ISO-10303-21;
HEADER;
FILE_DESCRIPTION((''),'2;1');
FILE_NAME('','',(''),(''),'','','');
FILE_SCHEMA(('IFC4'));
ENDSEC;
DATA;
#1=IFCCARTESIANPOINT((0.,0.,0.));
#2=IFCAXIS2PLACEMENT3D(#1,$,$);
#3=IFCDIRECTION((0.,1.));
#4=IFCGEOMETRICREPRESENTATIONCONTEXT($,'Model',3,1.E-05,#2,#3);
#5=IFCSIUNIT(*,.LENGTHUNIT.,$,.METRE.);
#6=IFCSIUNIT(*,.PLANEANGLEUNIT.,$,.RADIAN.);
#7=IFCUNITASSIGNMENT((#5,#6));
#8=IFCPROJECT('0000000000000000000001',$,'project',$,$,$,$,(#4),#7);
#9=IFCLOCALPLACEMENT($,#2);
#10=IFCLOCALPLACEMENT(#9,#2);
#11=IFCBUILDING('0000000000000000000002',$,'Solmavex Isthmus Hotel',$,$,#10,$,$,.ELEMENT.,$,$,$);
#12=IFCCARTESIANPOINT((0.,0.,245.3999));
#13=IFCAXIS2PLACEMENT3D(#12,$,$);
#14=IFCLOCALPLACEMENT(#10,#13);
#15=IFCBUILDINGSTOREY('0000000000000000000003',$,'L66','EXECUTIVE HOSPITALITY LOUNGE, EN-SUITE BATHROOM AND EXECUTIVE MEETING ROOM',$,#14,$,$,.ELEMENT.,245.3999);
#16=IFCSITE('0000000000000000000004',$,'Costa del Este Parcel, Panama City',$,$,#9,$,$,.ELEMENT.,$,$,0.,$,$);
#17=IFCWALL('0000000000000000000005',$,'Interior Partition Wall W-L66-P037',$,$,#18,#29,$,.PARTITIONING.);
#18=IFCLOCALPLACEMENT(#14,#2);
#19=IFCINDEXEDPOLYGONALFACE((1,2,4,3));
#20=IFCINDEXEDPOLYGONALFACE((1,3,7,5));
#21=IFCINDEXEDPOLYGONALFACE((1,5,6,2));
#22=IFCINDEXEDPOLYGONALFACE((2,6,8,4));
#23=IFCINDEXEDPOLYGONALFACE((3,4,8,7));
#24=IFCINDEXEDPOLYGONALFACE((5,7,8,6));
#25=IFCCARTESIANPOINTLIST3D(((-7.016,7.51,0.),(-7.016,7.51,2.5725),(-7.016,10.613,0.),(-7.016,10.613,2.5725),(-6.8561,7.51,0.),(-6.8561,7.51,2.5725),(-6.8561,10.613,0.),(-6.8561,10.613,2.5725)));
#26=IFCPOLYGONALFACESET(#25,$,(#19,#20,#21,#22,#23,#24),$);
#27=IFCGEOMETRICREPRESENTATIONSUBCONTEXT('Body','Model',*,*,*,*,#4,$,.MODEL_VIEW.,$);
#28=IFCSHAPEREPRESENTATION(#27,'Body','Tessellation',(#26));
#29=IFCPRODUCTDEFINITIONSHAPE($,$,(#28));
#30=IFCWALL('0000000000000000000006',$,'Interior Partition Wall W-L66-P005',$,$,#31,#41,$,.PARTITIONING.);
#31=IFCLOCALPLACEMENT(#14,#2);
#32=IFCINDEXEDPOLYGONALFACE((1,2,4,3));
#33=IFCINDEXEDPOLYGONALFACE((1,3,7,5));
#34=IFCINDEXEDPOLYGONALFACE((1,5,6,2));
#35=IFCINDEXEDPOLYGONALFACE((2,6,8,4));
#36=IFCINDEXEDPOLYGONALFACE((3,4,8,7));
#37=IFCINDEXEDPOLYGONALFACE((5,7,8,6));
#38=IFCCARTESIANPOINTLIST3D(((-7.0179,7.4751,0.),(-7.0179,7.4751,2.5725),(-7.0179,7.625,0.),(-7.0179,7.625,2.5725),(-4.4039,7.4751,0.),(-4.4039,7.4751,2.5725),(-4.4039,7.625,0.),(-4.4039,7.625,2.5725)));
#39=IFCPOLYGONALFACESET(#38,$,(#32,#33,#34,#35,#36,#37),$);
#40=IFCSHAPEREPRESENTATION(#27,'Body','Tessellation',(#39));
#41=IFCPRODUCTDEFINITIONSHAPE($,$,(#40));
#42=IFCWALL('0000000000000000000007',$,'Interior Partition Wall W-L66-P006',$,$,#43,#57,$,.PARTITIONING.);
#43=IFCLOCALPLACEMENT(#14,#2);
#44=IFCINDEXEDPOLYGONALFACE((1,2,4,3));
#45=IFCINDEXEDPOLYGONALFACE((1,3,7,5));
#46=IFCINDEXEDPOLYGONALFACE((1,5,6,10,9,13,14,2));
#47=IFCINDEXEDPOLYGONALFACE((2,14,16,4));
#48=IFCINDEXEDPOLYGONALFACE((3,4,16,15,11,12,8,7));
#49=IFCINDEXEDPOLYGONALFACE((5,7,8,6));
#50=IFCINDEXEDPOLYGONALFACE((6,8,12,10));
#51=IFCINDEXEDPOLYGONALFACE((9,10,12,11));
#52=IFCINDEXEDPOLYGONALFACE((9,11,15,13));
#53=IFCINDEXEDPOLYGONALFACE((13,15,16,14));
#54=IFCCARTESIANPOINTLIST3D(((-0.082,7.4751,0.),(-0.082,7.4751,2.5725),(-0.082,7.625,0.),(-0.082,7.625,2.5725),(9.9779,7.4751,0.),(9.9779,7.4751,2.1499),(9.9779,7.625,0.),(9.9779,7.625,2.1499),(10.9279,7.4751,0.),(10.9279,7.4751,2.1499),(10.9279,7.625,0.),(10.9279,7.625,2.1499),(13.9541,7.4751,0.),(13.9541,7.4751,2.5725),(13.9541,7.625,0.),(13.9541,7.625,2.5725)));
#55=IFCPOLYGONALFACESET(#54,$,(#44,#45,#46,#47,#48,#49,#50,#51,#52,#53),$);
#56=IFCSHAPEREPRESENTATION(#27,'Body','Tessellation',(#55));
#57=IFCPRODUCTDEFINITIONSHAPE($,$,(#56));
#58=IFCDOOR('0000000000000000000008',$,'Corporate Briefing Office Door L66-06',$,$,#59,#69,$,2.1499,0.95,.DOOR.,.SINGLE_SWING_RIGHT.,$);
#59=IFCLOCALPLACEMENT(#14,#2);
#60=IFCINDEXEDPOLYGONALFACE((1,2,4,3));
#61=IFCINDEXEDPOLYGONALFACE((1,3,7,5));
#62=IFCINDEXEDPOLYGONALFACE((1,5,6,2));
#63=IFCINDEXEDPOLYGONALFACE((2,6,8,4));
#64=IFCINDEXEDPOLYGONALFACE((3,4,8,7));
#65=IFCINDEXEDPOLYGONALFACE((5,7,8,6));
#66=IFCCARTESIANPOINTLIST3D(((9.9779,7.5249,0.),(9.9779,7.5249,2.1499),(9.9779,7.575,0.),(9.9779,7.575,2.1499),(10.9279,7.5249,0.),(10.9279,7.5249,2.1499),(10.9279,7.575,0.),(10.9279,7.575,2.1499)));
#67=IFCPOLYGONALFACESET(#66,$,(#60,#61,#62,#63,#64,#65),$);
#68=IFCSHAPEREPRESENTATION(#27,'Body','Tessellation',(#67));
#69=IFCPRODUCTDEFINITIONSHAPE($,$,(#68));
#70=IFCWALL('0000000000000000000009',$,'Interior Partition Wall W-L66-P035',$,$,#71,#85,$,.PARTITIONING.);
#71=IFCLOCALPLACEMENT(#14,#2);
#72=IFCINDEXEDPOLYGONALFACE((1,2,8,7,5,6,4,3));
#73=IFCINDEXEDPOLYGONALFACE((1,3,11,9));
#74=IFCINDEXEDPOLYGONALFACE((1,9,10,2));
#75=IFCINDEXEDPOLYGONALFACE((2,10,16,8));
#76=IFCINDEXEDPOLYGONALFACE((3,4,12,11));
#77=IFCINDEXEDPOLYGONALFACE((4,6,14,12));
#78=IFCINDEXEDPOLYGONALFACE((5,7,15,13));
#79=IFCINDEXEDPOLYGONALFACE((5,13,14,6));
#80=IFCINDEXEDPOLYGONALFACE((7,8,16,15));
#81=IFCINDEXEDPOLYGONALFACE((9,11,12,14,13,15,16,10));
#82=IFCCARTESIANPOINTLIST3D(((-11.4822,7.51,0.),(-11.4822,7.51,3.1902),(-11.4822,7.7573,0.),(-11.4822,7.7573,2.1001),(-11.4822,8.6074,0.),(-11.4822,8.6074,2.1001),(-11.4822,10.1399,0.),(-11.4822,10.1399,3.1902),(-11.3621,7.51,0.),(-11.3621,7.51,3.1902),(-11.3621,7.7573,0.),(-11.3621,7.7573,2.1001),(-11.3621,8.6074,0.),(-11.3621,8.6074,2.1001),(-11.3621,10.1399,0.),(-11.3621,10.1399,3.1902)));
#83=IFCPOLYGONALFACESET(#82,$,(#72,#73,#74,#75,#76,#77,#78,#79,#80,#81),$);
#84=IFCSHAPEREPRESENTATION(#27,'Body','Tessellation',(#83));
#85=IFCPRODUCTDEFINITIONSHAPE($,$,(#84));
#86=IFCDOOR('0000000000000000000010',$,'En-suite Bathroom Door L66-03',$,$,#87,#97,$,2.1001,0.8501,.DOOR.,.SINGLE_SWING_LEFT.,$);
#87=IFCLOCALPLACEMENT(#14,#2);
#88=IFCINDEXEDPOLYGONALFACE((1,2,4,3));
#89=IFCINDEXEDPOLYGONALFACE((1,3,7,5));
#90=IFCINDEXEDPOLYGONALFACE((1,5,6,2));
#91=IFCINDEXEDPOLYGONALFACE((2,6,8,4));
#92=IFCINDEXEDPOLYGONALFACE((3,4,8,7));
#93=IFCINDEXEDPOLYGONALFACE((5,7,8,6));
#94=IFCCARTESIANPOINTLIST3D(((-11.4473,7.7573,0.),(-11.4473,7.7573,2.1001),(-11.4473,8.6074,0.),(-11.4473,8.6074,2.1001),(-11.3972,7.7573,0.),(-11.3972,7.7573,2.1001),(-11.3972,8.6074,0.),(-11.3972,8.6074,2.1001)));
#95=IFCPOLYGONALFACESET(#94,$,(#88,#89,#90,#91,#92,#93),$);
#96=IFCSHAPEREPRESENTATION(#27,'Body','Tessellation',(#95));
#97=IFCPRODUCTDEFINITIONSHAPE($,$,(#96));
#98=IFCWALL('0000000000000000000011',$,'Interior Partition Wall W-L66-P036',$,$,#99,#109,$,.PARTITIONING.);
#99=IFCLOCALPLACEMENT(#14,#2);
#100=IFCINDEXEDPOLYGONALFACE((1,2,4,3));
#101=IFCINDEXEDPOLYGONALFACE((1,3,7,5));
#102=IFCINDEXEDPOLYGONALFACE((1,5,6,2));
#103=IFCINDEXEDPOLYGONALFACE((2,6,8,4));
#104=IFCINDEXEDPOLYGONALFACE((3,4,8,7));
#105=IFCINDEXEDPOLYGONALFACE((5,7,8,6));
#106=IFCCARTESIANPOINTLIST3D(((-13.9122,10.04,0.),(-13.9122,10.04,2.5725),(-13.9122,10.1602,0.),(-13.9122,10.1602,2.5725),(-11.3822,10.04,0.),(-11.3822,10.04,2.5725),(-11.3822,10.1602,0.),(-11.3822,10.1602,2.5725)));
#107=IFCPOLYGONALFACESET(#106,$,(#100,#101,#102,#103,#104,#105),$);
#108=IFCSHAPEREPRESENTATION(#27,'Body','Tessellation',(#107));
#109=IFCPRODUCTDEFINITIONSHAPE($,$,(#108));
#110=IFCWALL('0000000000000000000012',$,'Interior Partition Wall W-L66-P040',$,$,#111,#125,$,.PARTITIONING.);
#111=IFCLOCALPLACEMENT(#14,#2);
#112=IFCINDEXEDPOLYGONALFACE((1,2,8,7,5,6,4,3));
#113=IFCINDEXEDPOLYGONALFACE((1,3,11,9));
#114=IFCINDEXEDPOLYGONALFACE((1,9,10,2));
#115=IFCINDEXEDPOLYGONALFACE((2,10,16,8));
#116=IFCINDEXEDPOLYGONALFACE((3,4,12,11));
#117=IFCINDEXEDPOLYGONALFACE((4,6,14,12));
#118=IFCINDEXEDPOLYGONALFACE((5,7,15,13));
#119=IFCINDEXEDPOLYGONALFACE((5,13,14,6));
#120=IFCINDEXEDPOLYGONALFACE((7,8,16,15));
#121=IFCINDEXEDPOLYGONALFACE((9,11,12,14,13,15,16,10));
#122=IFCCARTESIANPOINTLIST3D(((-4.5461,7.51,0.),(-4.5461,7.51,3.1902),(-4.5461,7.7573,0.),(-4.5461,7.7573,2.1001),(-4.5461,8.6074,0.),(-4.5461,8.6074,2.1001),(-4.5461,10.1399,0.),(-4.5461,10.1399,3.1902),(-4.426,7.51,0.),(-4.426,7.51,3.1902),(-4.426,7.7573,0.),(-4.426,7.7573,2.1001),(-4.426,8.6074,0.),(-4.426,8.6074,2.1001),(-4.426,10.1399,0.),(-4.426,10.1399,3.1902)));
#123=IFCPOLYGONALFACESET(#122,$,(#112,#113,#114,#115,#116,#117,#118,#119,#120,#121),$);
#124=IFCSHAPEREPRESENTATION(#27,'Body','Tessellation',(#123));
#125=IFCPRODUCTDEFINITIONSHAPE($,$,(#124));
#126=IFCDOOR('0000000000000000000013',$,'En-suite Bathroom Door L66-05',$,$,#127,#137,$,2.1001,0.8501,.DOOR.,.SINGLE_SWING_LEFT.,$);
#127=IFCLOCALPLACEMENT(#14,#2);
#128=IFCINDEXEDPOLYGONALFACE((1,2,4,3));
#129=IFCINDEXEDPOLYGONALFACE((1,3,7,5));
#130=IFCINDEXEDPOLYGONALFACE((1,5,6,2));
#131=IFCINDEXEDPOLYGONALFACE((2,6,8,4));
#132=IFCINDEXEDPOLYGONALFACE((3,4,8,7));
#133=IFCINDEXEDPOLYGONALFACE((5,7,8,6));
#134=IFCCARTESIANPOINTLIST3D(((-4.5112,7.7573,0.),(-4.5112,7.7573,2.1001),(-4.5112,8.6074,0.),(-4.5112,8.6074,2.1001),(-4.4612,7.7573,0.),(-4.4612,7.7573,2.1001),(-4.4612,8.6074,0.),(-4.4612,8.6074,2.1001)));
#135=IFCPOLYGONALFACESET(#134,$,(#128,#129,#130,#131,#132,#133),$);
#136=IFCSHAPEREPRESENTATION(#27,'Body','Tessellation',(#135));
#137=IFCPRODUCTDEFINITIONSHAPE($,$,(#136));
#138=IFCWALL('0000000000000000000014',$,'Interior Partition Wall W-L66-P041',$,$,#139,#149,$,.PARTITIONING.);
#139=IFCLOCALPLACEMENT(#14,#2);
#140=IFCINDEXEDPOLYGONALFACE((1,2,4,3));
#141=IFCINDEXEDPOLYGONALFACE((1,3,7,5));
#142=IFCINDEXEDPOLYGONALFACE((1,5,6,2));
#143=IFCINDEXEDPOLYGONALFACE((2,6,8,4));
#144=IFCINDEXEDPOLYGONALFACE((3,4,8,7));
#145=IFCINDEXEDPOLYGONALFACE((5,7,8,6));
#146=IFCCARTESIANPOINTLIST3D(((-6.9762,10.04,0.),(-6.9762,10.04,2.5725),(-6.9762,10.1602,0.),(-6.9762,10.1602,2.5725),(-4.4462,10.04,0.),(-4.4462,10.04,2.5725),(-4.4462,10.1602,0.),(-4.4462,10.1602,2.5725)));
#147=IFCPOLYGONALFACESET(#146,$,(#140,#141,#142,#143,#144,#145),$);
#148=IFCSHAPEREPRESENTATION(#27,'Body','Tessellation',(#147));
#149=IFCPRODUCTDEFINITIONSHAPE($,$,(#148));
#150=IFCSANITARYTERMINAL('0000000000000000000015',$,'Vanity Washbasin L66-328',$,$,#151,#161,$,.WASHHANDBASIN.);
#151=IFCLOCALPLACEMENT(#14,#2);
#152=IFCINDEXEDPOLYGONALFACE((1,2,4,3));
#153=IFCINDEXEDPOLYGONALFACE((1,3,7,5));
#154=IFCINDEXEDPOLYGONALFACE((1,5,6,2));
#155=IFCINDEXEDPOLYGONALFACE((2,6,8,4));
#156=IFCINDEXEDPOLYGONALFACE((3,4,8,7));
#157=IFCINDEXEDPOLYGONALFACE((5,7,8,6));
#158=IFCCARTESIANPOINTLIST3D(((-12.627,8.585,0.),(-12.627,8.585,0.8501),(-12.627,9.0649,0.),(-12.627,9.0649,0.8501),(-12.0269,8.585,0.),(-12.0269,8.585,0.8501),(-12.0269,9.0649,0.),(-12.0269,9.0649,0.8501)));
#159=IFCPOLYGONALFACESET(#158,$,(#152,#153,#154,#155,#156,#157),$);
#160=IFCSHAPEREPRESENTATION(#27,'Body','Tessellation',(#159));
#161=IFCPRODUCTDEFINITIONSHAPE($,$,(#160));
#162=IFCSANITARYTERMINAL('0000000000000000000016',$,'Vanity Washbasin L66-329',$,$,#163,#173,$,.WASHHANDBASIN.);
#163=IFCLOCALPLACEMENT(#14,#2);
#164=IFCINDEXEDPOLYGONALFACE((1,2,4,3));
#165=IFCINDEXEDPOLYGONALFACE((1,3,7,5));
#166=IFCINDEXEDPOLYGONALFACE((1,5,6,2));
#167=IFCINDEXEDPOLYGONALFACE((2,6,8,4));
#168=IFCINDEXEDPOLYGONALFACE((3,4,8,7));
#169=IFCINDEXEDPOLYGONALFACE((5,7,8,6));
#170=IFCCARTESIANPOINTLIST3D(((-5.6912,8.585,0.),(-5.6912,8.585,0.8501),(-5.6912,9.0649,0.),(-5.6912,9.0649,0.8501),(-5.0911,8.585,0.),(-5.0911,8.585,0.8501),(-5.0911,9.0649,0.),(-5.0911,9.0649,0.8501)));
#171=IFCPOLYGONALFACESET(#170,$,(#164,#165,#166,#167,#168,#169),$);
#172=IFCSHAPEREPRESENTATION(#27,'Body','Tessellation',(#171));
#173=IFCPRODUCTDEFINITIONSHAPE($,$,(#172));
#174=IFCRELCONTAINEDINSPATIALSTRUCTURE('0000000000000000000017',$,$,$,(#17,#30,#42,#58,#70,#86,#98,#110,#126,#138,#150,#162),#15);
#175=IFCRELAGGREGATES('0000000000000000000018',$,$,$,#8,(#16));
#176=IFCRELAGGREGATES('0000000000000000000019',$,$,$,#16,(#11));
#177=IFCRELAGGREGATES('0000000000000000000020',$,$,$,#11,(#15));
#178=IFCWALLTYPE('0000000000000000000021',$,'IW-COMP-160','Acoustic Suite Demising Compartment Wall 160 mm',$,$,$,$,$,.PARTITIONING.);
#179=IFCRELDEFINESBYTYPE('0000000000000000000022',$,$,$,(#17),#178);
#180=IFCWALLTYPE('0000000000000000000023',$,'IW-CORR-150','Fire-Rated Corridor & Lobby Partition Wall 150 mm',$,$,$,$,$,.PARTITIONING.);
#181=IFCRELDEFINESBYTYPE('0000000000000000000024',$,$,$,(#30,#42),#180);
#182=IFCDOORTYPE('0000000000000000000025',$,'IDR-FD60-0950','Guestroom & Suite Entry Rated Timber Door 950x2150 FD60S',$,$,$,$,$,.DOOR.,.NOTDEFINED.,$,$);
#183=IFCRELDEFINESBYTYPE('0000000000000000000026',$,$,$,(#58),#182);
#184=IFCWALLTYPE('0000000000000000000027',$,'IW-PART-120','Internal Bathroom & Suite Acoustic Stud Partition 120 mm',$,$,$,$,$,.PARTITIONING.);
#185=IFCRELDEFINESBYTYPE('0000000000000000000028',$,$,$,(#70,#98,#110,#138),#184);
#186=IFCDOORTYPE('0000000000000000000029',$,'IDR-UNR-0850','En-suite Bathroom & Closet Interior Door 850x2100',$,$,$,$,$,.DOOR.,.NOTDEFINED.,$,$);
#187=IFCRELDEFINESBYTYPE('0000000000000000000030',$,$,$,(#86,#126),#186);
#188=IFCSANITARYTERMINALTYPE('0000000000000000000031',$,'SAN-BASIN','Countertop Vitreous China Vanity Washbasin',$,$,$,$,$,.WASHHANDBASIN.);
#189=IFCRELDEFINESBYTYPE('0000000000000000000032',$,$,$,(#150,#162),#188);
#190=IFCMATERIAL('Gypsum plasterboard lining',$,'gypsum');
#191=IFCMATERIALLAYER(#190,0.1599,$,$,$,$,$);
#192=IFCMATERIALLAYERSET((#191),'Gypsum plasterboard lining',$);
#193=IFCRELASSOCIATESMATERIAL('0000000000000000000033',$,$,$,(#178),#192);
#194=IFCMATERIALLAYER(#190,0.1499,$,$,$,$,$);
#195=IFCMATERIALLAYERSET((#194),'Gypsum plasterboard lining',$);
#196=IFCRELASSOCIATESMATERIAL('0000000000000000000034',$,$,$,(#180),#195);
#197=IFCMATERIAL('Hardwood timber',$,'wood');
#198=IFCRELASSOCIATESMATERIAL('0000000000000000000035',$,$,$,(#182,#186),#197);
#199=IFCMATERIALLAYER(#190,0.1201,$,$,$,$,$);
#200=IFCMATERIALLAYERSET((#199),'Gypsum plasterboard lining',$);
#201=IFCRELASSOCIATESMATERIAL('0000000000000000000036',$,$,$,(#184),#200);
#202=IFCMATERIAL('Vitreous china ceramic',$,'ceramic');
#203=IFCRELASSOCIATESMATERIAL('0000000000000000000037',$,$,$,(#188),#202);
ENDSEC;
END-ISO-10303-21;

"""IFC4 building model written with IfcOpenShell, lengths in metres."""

from ifc_helpers import new_model, si_unit, direction, frame, frame_2d, origin, origin_2d, place, context, subcontext, project, spatial, rectangle, extrude, material, layer, layer_set, type_object, element, fill, save


model = new_model("IFC4")

# Units and contexts
model_context = context("Model", 3, precision=1e-05, world=origin(), true_north=direction((0.0, 1.0)))
body_context = subcontext(model_context, "Body", "Model", "MODEL_VIEW")
ifc_project = project(units=[si_unit("LENGTHUNIT", "METRE"), si_unit("PLANEANGLEUNIT", "RADIAN")], contexts=[model_context])

# Site, building, storey
site_placement = place(None, origin())
site = spatial("IfcSite", under=ifc_project, at=site_placement, Name="Costa del Este Parcel, Panama City", CompositionType="ELEMENT", RefElevation=0.0)
building_placement = place(site_placement, origin())
building = spatial("IfcBuilding", under=site, at=building_placement, Name="Solmavex Isthmus Hotel", CompositionType="ELEMENT")
storey_placement = place(building_placement, frame((0.0, 0.0, 245.3999)))
storey = spatial("IfcBuildingStorey", under=building, at=storey_placement, Name="L66", Description="EXECUTIVE HOSPITALITY LOUNGE, EN-SUITE BATHROOM AND EXECUTIVE MEETING ROOM", CompositionType="ELEMENT", Elevation=245.3999)

# Wall
ifc_material_1 = material(Name="Gypsum plasterboard lining", Category="gypsum")
ifc_layer_1 = layer(ifc_material_1, 0.1599)
ifc_layer_set_1 = layer_set([ifc_layer_1], Name="Gypsum plasterboard lining")
wall_type_1 = type_object("IfcWallType", Name="IW-COMP-160", Description="Acoustic Suite Demising Compartment Wall 160 mm", PredefinedType="PARTITIONING", material=ifc_layer_set_1)
wall_1_placement = place(storey_placement, frame((-6.936, 10.613, 0.0), z_axis=(0.0, 0.0, 1.0), x_axis=(0.0, -1.0, 0.0)))
element("IfcWall", 1, at=wall_1_placement, inside=storey, type_object=wall_type_1, Name="Interior Partition Wall W-L66-P037", PredefinedType="PARTITIONING", context=body_context, shape_type="SweptSolid", body=[
    extrude(rectangle(XDim=3.103, YDim=0.1599, at=frame_2d((1.5515, 0.0))), origin(), (0.0, 0.0, 1.0), 2.5725),
])

# Shared definitions
ifc_layer_2 = layer(ifc_material_1, 0.1499)
ifc_layer_set_2 = layer_set([ifc_layer_2], Name="Gypsum plasterboard lining")
wall_type_2 = type_object("IfcWallType", Name="IW-CORR-150", Description="Fire-Rated Corridor & Lobby Partition Wall 150 mm", PredefinedType="PARTITIONING", material=ifc_layer_set_2)
ifc_material_2 = material(Name="Hardwood timber", Category="wood")
door_type_1 = type_object("IfcDoorType", Name="IDR-FD60-0950", Description="Guestroom & Suite Entry Rated Timber Door 950x2150 FD60S", OperationType="NOTDEFINED", PredefinedType="DOOR", material=ifc_material_2)

# Wall
wall_2_placement = place(storey_placement, frame((-7.0181, 7.55, 0.0), z_axis=(0.0, 0.0, 1.0), x_axis=(1.0, 0.0, 0.0)))
element("IfcWall", 2, at=wall_2_placement, inside=storey, type_object=wall_type_2, Name="Interior Partition Wall W-L66-P005", PredefinedType="PARTITIONING", context=body_context, shape_type="SweptSolid", body=[
    extrude(rectangle(XDim=2.614, YDim=0.1499, at=frame_2d((1.3071, 0.0))), origin(), (0.0, 0.0, 1.0), 2.5725),
])

# Walls, openings, doors
wall_3_placement = place(storey_placement, frame((-0.082, 7.55, 0.0), z_axis=(0.0, 0.0, 1.0), x_axis=(1.0, 0.0, 0.0)))
wall_3 = element("IfcWall", 3, at=wall_3_placement, inside=storey, type_object=wall_type_2, Name="Interior Partition Wall W-L66-P006", PredefinedType="PARTITIONING", context=body_context, shape_type="SweptSolid", body=[
    extrude(rectangle(XDim=14.0361, YDim=0.1499, at=frame_2d((7.0181, 0.0))), origin(), (0.0, 0.0, 1.0), 2.5725),
])
opening_1_placement = place(wall_3_placement, frame((10.0598, 0.0, 0.0)))
opening_1 = element("IfcOpeningElement", 4, at=opening_1_placement, cuts=wall_3, PredefinedType="OPENING", context=body_context, shape_type="SweptSolid", body=[
    extrude(rectangle(XDim=0.95, YDim=2.1499, at=frame_2d((0.4751, 1.075))), frame((0.0, 0.085, 0.0), z_axis=(0.0, -1.0, 0.0), x_axis=(1.0, 0.0, 0.0)), (0.0, 0.0, 1.0), 0.1699),
])
door_1_placement = place(opening_1_placement, origin())
door_1 = element("IfcDoor", 5, at=door_1_placement, inside=storey, type_object=door_type_1, Name="Corporate Briefing Office Door L66-06", OperationType="SINGLE_SWING_RIGHT", OverallHeight=2.1499, OverallWidth=0.95, PredefinedType="DOOR", context=body_context, shape_type="SweptSolid", body=[
    extrude(rectangle(XDim=0.95, YDim=2.1499, at=frame_2d((0.4751, 1.075))), frame((0.0, 0.0249, 0.0), z_axis=(0.0, -1.0, 0.0), x_axis=(1.0, 0.0, 0.0)), (0.0, 0.0, 1.0), 0.05),
])
fill(opening_1, door_1)
ifc_layer_3 = layer(ifc_material_1, 0.1201)
ifc_layer_set_3 = layer_set([ifc_layer_3], Name="Gypsum plasterboard lining")
wall_type_3 = type_object("IfcWallType", Name="IW-PART-120", Description="Internal Bathroom & Suite Acoustic Stud Partition 120 mm", PredefinedType="PARTITIONING", material=ifc_layer_set_3)
wall_4_placement = place(storey_placement, frame((-11.4221, 7.51, 0.0), z_axis=(0.0, 0.0, 1.0), x_axis=(0.0, 1.0, 0.0)))
wall_4 = element("IfcWall", 6, at=wall_4_placement, inside=storey, type_object=wall_type_3, Name="Interior Partition Wall W-L66-P035", PredefinedType="PARTITIONING", context=body_context, shape_type="SweptSolid", body=[
    extrude(rectangle(XDim=2.6299, YDim=0.1201, at=frame_2d((1.3149, 0.0))), origin(), (0.0, 0.0, 1.0), 3.1902),
])
opening_2_placement = place(wall_4_placement, frame((0.2473, 0.0, 0.0)))
opening_2 = element("IfcOpeningElement", 7, at=opening_2_placement, cuts=wall_4, PredefinedType="OPENING", context=body_context, shape_type="SweptSolid", body=[
    extrude(rectangle(XDim=0.8501, YDim=2.1001, at=frame_2d((0.425, 1.05))), frame((0.0, 0.0701, 0.0), z_axis=(0.0, -1.0, 0.0), x_axis=(1.0, 0.0, 0.0)), (0.0, 0.0, 1.0), 0.1401),
])
door_type_2 = type_object("IfcDoorType", Name="IDR-UNR-0850", Description="En-suite Bathroom & Closet Interior Door 850x2100", OperationType="NOTDEFINED", PredefinedType="DOOR", material=ifc_material_2)
door_2_placement = place(opening_2_placement, frame((0.8501, 0.0, 0.0), z_axis=(0.0, 0.0, 1.0), x_axis=(-1.0, 0.0, 0.0)))
door_2 = element("IfcDoor", 8, at=door_2_placement, inside=storey, type_object=door_type_2, Name="En-suite Bathroom Door L66-03", OperationType="SINGLE_SWING_LEFT", OverallHeight=2.1001, OverallWidth=0.8501, PredefinedType="DOOR", context=body_context, shape_type="SweptSolid", body=[
    extrude(rectangle(XDim=0.8501, YDim=2.1001, at=frame_2d((0.425, 1.05))), frame((0.0, 0.0249, 0.0), z_axis=(0.0, -1.0, 0.0), x_axis=(1.0, 0.0, 0.0)), (0.0, 0.0, 1.0), 0.05),
])
fill(opening_2, door_2)

# Wall
wall_5_placement = place(storey_placement, frame((-11.3821, 10.1001, 0.0), z_axis=(0.0, 0.0, 1.0), x_axis=(-1.0, 0.0, 0.0)))
element("IfcWall", 9, at=wall_5_placement, inside=storey, type_object=wall_type_3, Name="Interior Partition Wall W-L66-P036", PredefinedType="PARTITIONING", context=body_context, shape_type="SweptSolid", body=[
    extrude(rectangle(XDim=2.53, YDim=0.1201, at=frame_2d((1.2651, 0.0))), origin(), (0.0, 0.0, 1.0), 2.5725),
])

# Wall, opening, door
wall_6_placement = place(storey_placement, frame((-4.4861, 7.51, 0.0), z_axis=(0.0, 0.0, 1.0), x_axis=(0.0, 1.0, 0.0)))
wall_6 = element("IfcWall", 10, at=wall_6_placement, inside=storey, type_object=wall_type_3, Name="Interior Partition Wall W-L66-P040", PredefinedType="PARTITIONING", context=body_context, shape_type="SweptSolid", body=[
    extrude(rectangle(XDim=2.6299, YDim=0.1201, at=frame_2d((1.3149, 0.0))), origin(), (0.0, 0.0, 1.0), 3.1902),
])
opening_3_placement = place(wall_6_placement, frame((0.2473, 0.0, 0.0)))
opening_3 = element("IfcOpeningElement", 11, at=opening_3_placement, cuts=wall_6, PredefinedType="OPENING", context=body_context, shape_type="SweptSolid", body=[
    extrude(rectangle(XDim=0.8501, YDim=2.1001, at=frame_2d((0.425, 1.05))), frame((0.0, 0.0701, 0.0), z_axis=(0.0, -1.0, 0.0), x_axis=(1.0, 0.0, 0.0)), (0.0, 0.0, 1.0), 0.1401),
])
door_3_placement = place(opening_3_placement, frame((0.8501, 0.0, 0.0), z_axis=(0.0, 0.0, 1.0), x_axis=(-1.0, 0.0, 0.0)))
door_3 = element("IfcDoor", 12, at=door_3_placement, inside=storey, type_object=door_type_2, Name="En-suite Bathroom Door L66-05", OperationType="SINGLE_SWING_LEFT", OverallHeight=2.1001, OverallWidth=0.8501, PredefinedType="DOOR", context=body_context, shape_type="SweptSolid", body=[
    extrude(rectangle(XDim=0.8501, YDim=2.1001, at=frame_2d((0.425, 1.05))), frame((0.0, 0.0249, 0.0), z_axis=(0.0, -1.0, 0.0), x_axis=(1.0, 0.0, 0.0)), (0.0, 0.0, 1.0), 0.05),
])
fill(opening_3, door_3)

# Wall
wall_7_placement = place(storey_placement, frame((-4.446, 10.1001, 0.0), z_axis=(0.0, 0.0, 1.0), x_axis=(-1.0, 0.0, 0.0)))
element("IfcWall", 13, at=wall_7_placement, inside=storey, type_object=wall_type_3, Name="Interior Partition Wall W-L66-P041", PredefinedType="PARTITIONING", context=body_context, shape_type="SweptSolid", body=[
    extrude(rectangle(XDim=2.53, YDim=0.1201, at=frame_2d((1.2651, 0.0))), origin(), (0.0, 0.0, 1.0), 2.5725),
])

# Sanitary terminals
ifc_material_3 = material(Name="Vitreous china ceramic", Category="ceramic")
sanitary_terminal_type_1 = type_object("IfcSanitaryTerminalType", Name="SAN-BASIN", Description="Countertop Vitreous China Vanity Washbasin", PredefinedType="WASHHANDBASIN", material=ifc_material_3)
for number, where, z_axis, x_axis, name in (
    (14, (-12.3269, 8.825, 0.0), (0.0, 0.0, 1.0), (1.0, 0.0, 0.0), "Vanity Washbasin L66-328"),
    (15, (-5.3911, 8.825, 0.0), (0.0, 0.0, 1.0), (1.0, 0.0, 0.0), "Vanity Washbasin L66-329"),
):
    element("IfcSanitaryTerminal", number, at=place(storey_placement, frame(where, z_axis=z_axis, x_axis=x_axis)), inside=storey, type_object=sanitary_terminal_type_1, Name=name, PredefinedType="WASHHANDBASIN", context=body_context, shape_type="SweptSolid", body=[
        extrude(rectangle(XDim=0.6001, YDim=0.48, at=origin_2d()), origin(), (0.0, 0.0, 1.0), 0.8501),
    ])

save(model, "model.ifc")
